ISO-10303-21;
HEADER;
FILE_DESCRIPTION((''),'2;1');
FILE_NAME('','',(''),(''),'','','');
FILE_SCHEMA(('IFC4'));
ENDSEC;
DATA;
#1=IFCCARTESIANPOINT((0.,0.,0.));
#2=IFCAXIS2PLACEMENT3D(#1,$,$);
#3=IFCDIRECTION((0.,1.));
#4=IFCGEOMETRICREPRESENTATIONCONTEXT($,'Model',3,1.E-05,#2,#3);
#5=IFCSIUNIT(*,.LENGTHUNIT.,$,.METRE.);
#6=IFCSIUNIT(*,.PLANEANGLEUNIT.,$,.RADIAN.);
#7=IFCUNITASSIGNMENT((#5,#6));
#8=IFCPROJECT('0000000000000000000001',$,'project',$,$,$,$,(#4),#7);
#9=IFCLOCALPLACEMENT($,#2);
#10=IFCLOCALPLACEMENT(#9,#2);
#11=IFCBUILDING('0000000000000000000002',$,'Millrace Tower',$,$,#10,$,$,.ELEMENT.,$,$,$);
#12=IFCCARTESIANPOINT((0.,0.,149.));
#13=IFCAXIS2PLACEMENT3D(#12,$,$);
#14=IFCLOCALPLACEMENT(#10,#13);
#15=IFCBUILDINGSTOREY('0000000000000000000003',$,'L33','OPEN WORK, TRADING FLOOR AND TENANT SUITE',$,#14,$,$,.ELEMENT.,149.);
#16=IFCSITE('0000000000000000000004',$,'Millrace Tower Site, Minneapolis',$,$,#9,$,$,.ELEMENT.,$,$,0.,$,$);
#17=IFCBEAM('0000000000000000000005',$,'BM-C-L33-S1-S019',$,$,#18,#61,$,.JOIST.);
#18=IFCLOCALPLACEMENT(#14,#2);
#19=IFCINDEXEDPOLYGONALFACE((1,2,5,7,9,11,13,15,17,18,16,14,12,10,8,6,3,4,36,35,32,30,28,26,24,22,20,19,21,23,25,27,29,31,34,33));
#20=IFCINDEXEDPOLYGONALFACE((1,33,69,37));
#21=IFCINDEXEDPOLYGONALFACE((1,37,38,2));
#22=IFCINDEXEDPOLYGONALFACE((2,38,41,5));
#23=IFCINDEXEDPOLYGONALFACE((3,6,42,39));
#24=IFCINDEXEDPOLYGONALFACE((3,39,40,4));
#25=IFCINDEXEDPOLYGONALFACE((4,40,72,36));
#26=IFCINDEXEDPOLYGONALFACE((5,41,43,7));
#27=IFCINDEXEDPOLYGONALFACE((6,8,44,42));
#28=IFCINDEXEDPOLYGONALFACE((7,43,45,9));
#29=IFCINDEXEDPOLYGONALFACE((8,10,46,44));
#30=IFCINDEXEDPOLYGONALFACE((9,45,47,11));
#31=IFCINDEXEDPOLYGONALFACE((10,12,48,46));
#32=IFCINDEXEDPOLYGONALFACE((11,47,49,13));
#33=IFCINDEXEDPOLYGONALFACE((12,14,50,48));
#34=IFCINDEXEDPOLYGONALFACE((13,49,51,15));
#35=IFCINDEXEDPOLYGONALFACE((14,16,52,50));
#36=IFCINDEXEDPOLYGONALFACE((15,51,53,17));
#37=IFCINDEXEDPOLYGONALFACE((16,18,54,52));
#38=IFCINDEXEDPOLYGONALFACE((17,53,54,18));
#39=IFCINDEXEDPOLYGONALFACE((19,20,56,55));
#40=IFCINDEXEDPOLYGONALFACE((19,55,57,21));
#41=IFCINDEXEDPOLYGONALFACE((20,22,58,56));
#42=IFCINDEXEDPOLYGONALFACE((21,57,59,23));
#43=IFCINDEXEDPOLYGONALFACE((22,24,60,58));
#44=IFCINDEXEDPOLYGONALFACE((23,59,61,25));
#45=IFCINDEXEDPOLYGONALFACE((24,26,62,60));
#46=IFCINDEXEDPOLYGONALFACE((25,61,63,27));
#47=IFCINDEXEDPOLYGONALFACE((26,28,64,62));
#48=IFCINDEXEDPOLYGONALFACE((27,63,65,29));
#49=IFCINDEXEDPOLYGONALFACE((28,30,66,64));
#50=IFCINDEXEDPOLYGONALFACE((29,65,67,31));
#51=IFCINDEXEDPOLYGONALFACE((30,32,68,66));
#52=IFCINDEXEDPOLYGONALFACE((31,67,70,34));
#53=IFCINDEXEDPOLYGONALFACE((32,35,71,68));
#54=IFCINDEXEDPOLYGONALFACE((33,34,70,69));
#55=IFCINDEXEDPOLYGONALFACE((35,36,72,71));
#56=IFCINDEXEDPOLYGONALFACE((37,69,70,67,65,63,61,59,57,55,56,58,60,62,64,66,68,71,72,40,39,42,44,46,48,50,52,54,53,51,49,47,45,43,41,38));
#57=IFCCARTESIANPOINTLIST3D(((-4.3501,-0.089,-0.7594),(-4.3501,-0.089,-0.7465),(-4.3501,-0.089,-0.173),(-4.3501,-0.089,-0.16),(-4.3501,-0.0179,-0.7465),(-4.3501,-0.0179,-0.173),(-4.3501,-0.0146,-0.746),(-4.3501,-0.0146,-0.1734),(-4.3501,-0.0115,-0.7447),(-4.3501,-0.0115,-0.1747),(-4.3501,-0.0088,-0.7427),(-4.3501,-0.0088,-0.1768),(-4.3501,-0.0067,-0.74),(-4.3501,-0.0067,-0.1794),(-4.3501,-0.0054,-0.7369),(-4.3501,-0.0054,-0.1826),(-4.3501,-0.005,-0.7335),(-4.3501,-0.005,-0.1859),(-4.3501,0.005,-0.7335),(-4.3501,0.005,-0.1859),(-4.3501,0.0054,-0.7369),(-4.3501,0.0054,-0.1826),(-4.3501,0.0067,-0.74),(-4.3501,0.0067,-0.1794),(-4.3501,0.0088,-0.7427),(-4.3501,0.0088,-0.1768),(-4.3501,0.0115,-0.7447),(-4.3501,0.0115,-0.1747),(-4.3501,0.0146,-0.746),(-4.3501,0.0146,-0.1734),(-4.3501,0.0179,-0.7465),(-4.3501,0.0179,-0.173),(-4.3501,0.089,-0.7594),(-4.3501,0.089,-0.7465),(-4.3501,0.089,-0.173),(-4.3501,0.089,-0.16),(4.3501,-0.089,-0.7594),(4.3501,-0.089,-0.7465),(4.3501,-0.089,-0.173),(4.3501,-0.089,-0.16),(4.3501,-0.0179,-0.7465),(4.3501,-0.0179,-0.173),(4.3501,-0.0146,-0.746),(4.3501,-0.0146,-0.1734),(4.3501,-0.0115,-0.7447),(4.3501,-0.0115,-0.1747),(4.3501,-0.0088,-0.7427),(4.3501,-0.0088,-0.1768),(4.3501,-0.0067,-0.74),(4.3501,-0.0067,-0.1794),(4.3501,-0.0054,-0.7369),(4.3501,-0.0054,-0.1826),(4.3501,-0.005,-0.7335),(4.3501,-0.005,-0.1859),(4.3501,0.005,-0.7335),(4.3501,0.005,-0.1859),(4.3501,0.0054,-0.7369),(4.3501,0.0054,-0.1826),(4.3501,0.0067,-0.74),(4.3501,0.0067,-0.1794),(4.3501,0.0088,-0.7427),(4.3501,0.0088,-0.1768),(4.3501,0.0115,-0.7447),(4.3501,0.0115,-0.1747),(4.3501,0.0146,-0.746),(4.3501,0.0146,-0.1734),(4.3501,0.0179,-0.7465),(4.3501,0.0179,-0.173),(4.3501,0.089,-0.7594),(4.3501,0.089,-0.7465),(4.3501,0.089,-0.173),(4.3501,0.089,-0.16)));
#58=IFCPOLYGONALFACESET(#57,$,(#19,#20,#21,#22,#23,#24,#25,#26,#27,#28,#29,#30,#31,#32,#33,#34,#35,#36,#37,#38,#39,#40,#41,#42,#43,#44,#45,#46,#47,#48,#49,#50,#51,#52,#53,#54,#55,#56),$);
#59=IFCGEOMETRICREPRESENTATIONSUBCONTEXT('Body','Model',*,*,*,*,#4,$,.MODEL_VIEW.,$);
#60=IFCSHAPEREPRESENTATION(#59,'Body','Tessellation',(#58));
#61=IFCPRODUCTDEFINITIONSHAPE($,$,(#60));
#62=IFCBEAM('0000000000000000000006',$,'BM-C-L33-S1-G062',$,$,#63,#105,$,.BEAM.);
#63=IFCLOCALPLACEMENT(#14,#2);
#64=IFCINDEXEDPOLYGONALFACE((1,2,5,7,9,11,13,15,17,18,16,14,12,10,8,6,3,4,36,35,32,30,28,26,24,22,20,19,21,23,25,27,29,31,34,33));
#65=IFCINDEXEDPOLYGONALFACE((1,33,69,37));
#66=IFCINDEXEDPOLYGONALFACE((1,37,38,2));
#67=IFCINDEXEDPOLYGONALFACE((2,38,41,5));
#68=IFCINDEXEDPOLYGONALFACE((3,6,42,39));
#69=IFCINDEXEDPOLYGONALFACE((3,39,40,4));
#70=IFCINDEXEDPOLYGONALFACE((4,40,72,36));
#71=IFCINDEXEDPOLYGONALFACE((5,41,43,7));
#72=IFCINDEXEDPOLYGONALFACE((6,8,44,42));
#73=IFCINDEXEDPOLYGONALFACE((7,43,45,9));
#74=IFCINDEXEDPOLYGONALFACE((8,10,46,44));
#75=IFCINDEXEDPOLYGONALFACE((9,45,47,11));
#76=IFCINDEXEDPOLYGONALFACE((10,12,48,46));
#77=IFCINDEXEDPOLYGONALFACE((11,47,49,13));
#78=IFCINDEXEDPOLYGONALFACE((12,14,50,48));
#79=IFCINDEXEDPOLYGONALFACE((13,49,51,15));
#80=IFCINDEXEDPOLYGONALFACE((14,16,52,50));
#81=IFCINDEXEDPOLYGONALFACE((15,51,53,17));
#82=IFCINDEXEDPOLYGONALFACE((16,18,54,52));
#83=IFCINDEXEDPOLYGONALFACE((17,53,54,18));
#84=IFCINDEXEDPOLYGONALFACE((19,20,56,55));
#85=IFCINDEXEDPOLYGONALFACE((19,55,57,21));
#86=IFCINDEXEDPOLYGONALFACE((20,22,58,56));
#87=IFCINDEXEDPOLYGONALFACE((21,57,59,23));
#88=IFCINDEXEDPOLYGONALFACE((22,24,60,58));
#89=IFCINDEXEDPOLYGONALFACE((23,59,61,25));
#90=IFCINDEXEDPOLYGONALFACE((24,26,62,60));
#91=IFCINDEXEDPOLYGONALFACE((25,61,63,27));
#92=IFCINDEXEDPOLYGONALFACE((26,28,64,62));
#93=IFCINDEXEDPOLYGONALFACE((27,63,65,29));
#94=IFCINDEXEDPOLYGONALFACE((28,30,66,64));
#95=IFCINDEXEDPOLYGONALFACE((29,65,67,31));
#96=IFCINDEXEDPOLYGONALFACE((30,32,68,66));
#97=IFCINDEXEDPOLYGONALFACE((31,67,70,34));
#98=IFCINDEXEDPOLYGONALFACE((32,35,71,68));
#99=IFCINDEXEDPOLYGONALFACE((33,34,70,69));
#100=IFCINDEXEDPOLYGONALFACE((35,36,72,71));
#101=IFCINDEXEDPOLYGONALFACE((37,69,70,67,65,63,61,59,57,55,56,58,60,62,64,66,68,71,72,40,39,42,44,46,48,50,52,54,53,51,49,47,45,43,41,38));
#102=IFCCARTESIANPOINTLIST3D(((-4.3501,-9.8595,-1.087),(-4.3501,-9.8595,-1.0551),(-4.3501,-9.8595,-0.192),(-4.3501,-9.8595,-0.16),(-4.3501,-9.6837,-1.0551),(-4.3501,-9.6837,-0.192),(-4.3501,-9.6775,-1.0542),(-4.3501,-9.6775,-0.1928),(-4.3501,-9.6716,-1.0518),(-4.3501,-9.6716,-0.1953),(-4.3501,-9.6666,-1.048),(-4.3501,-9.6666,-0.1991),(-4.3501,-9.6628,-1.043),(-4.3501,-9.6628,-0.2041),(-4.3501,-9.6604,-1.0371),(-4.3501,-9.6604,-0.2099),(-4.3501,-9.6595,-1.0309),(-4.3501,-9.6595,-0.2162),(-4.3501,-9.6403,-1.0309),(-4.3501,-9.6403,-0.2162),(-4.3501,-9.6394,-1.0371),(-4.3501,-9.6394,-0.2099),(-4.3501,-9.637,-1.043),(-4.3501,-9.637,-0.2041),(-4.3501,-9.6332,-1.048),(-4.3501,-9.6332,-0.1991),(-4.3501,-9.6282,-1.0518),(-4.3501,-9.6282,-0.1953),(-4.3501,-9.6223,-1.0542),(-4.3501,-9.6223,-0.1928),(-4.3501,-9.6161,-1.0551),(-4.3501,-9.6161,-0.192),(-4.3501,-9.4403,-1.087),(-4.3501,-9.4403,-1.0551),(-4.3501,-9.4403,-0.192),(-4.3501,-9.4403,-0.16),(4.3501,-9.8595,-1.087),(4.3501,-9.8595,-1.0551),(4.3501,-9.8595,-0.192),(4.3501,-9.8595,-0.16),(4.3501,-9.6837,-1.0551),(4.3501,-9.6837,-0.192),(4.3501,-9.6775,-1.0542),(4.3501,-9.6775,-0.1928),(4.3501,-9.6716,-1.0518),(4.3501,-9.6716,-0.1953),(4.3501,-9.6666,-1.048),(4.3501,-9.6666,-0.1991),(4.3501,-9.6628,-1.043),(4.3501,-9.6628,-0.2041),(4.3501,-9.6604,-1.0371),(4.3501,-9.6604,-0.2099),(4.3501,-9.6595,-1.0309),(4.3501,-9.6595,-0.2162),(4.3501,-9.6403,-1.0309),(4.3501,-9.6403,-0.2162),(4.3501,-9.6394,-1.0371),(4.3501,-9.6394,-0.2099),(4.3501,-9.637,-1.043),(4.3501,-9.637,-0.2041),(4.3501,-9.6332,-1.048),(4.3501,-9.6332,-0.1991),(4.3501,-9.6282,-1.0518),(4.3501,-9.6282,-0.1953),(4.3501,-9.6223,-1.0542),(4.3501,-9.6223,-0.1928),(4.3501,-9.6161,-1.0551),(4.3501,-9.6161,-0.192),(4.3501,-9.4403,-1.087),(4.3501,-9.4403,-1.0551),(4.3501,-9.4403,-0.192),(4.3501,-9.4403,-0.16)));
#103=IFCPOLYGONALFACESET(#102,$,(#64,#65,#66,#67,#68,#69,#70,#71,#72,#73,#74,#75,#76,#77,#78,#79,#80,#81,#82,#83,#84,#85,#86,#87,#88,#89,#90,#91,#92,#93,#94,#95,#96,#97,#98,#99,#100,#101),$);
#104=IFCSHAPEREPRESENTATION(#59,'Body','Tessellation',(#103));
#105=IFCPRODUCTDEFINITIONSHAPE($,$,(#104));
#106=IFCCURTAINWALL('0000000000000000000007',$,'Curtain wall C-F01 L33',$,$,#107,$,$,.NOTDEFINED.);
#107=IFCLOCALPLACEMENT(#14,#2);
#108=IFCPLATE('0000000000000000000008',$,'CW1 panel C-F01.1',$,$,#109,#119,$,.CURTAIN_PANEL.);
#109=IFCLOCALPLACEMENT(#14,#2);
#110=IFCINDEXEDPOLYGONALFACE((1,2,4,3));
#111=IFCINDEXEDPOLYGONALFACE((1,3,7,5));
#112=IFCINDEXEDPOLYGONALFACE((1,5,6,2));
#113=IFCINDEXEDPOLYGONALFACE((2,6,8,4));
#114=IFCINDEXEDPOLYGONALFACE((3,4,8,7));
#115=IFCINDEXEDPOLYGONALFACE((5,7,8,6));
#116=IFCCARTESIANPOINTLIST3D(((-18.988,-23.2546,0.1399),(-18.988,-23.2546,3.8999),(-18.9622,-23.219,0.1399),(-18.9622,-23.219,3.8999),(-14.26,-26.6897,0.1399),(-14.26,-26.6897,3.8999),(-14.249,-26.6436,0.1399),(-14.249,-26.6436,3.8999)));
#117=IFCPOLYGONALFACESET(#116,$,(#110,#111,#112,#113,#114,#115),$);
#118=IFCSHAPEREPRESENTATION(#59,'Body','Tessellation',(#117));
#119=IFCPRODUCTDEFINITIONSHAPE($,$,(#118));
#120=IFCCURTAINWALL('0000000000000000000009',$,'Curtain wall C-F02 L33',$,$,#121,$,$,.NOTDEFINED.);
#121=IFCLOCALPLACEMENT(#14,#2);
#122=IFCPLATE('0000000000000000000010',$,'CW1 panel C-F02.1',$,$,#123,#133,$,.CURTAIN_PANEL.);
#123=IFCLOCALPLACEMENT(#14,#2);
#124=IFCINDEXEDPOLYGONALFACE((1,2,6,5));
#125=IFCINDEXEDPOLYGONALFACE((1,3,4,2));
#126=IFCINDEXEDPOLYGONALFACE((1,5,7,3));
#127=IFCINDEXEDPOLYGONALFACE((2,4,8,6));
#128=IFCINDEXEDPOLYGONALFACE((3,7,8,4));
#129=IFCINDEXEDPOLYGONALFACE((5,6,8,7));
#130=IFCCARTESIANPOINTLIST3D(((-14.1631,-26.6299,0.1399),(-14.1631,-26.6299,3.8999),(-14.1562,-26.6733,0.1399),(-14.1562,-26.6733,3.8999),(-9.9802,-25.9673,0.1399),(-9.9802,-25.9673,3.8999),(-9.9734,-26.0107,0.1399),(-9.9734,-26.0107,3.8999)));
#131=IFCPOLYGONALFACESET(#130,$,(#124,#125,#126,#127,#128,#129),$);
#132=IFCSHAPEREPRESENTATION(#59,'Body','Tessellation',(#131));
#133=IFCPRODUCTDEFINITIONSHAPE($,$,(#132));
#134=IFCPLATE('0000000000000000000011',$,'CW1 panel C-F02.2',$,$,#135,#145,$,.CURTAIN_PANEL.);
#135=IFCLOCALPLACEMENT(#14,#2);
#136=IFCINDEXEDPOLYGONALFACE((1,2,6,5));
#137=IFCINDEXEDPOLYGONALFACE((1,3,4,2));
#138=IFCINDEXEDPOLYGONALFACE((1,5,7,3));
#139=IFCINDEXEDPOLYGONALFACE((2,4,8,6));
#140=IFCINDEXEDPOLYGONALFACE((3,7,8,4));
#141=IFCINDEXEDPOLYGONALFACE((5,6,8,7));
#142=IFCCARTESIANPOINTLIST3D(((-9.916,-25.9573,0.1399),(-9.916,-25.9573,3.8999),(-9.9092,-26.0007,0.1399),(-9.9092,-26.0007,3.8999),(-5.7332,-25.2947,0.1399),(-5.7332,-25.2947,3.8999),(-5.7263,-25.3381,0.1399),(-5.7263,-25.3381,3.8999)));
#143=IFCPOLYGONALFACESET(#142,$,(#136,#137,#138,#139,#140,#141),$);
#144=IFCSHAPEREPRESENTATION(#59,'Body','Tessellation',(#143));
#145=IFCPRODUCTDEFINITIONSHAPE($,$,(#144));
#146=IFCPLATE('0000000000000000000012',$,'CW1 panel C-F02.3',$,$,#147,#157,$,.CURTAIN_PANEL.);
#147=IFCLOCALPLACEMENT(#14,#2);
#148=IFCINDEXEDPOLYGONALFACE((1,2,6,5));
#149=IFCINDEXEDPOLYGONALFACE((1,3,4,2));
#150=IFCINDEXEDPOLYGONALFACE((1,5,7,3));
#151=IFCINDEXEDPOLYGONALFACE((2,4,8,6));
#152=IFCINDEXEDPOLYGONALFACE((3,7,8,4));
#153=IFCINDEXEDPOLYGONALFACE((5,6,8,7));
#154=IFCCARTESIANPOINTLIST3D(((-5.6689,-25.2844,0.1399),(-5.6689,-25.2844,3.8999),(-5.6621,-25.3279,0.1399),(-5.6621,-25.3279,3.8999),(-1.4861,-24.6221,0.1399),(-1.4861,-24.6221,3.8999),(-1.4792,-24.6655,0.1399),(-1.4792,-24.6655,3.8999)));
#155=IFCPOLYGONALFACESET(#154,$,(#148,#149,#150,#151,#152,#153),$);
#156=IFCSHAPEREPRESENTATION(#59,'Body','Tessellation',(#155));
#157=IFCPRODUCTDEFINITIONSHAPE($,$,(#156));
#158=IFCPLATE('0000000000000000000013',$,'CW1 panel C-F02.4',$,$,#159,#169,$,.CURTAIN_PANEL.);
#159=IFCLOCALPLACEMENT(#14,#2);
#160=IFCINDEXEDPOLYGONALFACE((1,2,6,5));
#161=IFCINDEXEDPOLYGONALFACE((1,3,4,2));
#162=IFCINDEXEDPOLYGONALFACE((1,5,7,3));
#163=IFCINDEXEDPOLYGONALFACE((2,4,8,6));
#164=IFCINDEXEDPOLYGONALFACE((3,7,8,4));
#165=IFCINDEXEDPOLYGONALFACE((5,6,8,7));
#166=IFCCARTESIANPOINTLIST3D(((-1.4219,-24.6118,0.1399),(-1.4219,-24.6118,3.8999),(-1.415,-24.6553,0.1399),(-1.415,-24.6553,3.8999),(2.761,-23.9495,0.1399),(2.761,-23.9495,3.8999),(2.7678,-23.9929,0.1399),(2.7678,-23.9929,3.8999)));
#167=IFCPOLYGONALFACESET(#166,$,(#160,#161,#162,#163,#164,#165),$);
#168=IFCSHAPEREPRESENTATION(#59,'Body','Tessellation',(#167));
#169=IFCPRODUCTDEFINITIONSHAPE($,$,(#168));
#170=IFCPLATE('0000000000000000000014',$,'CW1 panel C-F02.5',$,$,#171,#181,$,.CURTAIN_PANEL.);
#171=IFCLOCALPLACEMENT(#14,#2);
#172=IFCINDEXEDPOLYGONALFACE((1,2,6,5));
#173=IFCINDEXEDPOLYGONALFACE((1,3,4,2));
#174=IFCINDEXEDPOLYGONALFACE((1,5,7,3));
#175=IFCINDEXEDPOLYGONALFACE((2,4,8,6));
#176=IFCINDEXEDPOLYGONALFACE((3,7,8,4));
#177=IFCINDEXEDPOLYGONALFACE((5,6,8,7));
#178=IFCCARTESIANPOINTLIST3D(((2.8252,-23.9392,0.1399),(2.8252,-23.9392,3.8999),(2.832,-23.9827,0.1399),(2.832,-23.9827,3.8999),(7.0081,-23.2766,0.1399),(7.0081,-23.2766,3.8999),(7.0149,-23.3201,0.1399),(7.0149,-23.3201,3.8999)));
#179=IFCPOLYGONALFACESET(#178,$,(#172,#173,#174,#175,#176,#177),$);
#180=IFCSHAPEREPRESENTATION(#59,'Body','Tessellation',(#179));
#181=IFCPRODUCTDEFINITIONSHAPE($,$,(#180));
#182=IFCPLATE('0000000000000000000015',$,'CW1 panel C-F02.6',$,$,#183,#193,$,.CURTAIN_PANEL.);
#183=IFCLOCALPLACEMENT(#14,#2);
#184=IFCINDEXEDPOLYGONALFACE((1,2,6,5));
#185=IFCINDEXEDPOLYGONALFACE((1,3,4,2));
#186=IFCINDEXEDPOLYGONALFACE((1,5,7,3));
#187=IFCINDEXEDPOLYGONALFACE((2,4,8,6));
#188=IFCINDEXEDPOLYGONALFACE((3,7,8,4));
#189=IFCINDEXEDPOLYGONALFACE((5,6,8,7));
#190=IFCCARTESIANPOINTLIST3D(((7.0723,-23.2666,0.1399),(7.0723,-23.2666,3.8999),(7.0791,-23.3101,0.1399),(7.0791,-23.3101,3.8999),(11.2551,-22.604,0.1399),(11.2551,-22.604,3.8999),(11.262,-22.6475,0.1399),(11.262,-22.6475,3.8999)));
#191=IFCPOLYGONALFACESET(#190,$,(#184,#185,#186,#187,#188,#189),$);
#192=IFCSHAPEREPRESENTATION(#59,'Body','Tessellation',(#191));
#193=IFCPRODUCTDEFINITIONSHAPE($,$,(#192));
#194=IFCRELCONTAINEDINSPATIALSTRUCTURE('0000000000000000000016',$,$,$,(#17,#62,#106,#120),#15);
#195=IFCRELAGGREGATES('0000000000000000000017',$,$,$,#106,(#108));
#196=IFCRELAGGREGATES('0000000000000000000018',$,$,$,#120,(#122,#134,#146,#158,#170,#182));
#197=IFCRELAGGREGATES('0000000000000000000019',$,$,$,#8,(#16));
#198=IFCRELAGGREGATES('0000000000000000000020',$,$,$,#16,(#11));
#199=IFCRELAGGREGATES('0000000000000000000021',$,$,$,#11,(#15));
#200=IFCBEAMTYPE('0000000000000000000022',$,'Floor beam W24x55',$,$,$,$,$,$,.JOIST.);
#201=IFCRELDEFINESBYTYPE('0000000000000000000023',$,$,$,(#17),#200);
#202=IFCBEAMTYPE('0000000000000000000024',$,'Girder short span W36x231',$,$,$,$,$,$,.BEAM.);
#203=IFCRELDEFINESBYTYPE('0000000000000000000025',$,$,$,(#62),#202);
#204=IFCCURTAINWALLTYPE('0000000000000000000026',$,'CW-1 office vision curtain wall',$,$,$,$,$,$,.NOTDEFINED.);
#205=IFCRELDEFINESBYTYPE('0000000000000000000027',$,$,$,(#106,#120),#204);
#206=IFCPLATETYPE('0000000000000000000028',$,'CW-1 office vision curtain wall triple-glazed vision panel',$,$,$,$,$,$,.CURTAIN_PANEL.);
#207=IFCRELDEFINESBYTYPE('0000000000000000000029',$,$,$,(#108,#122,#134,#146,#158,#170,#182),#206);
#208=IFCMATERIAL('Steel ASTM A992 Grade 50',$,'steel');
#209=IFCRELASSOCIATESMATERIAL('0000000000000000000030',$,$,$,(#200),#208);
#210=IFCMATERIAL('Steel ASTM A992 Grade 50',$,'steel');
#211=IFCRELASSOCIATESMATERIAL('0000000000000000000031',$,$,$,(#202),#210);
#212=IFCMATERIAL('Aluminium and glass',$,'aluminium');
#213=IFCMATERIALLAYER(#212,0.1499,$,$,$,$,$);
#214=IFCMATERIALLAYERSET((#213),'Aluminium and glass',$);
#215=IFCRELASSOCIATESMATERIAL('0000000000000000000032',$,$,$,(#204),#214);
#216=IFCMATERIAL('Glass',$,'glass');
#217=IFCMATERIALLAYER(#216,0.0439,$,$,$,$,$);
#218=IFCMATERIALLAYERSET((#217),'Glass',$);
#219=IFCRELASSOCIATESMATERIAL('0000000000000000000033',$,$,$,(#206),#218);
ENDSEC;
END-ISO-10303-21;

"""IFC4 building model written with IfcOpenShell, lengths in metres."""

from ifc_helpers import new_model, si_unit, direction, frame, origin, origin_2d, place, context, subcontext, project, spatial, polyline, i_section, outline, extrude, material, layer, layer_set, material_profile, profile_set, type_object, element, aggregate, save


model = new_model("IFC4")

# Units and contexts
model_context = context("Model", 3, precision=1e-05, world=origin(), true_north=direction((0.0, 1.0)))
body_context = subcontext(model_context, "Body", "Model", "MODEL_VIEW")
ifc_project = project(units=[si_unit("LENGTHUNIT", "METRE"), si_unit("PLANEANGLEUNIT", "RADIAN")], contexts=[model_context])

# Site, building, storey
site_placement = place(None, origin())
site = spatial("IfcSite", under=ifc_project, at=site_placement, Name="Millrace Tower Site, Minneapolis", CompositionType="ELEMENT", RefElevation=0.0)
building_placement = place(site_placement, origin())
building = spatial("IfcBuilding", under=site, at=building_placement, Name="Millrace Tower", CompositionType="ELEMENT")
storey_placement = place(building_placement, frame((0.0, 0.0, 149.0)))
storey = spatial("IfcBuildingStorey", under=building, at=storey_placement, Name="L33", Description="OPEN WORK, TRADING FLOOR AND TENANT SUITE", CompositionType="ELEMENT", Elevation=149.0)

# Beams
ifc_material_1 = material(Name="Steel ASTM A992 Grade 50", Category="steel")
ifc_material_profile_1 = material_profile(ifc_material_1, i_section(OverallWidth=0.178, OverallDepth=0.5994, WebThickness=0.01, FlangeThickness=0.0129, FilletRadius=0.0129, at=origin_2d()))
ifc_profile_set_1 = profile_set([ifc_material_profile_1], Name="Steel ASTM A992 Grade 50")
beam_type_1 = type_object("IfcBeamType", Name="Floor beam W24x55", PredefinedType="JOIST", material=ifc_profile_set_1)
for number, where, z_axis, x_axis, name in (
    (1, (-4.3501, 0.0, -0.4597), (1.0, 0.0, 0.0), (0.0, 1.0, 0.0), "BM-C-L33-S1-S019"),
):
    element("IfcBeam", number, at=place(storey_placement, frame(where, z_axis=z_axis, x_axis=x_axis)), inside=storey, type_object=beam_type_1, Name=name, PredefinedType="JOIST", context=body_context, shape_type="SweptSolid", body=[
        extrude(i_section(OverallWidth=0.178, OverallDepth=0.5994, WebThickness=0.01, FlangeThickness=0.0129, FilletRadius=0.0129, at=origin_2d()), origin(), (0.0, 0.0, 1.0), 8.7002),
    ])
ifc_material_2 = material(Name="Steel ASTM A992 Grade 50", Category="steel")
ifc_material_profile_2 = material_profile(ifc_material_2, i_section(OverallWidth=0.4192, OverallDepth=0.927, WebThickness=0.0193, FlangeThickness=0.032, FilletRadius=0.0242, at=origin_2d()))
ifc_profile_set_2 = profile_set([ifc_material_profile_2], Name="Steel ASTM A992 Grade 50")
beam_type_2 = type_object("IfcBeamType", Name="Girder short span W36x231", PredefinedType="BEAM", material=ifc_profile_set_2)
beam_1_placement = place(storey_placement, frame((-4.3501, -9.6499, -0.6235), z_axis=(1.0, 0.0, 0.0), x_axis=(0.0, 1.0, 0.0)))
element("IfcBeam", 2, at=beam_1_placement, inside=storey, type_object=beam_type_2, Name="BM-C-L33-S1-G062", PredefinedType="BEAM", context=body_context, shape_type="SweptSolid", body=[
    extrude(i_section(OverallWidth=0.4192, OverallDepth=0.927, WebThickness=0.0193, FlangeThickness=0.032, FilletRadius=0.0242, at=origin_2d()), origin(), (0.0, 0.0, 1.0), 8.7002),
])

# Curtain wall, plate
ifc_material_3 = material(Name="Aluminium and glass", Category="aluminium")
ifc_layer_1 = layer(ifc_material_3, 0.1499)
ifc_layer_set_1 = layer_set([ifc_layer_1], Name="Aluminium and glass")
curtain_wall_type = type_object("IfcCurtainWallType", Name="CW-1 office vision curtain wall", PredefinedType="NOTDEFINED", material=ifc_layer_set_1)
placement_1 = place(storey_placement, origin())
curtain_wall_1 = element("IfcCurtainWall", 3, at=placement_1, inside=storey, type_object=curtain_wall_type, Name="Curtain wall C-F01 L33", PredefinedType="NOTDEFINED")
ifc_material_4 = material(Name="Glass", Category="glass")
ifc_layer_2 = layer(ifc_material_4, 0.0439)
ifc_layer_set_2 = layer_set([ifc_layer_2], Name="Glass")
plate_type = type_object("IfcPlateType", Name="CW-1 office vision curtain wall triple-glazed vision panel", PredefinedType="CURTAIN_PANEL", material=ifc_layer_set_2)
placement_2 = place(storey_placement, frame((0.0, 0.0, 0.1399)))
plate_1 = element("IfcPlate", 4, at=placement_2, type_object=plate_type, Name="CW1 panel C-F01.1", PredefinedType="CURTAIN_PANEL", context=body_context, shape_type="SweptSolid", body=[
    extrude(outline(polyline([(-18.988, -23.2546), (-14.26, -26.6897), (-14.249, -26.6436), (-18.9622, -23.219), (-18.988, -23.2546)])), origin(), (0.0, 0.0, 1.0), 3.76),
])
aggregate(curtain_wall_1, [plate_1])

# Curtain wall, plates
curtain_wall_2 = element("IfcCurtainWall", 5, at=placement_1, inside=storey, type_object=curtain_wall_type, Name="Curtain wall C-F02 L33", PredefinedType="NOTDEFINED")
plate_2 = element("IfcPlate", 6, at=placement_2, type_object=plate_type, Name="CW1 panel C-F02.1", PredefinedType="CURTAIN_PANEL", context=body_context, shape_type="SweptSolid", body=[
    extrude(outline(polyline([(-14.1562, -26.6733), (-9.9734, -26.0107), (-9.9802, -25.9673), (-14.1631, -26.6299), (-14.1562, -26.6733)])), origin(), (0.0, 0.0, 1.0), 3.76),
])
plate_3 = element("IfcPlate", 7, at=placement_2, type_object=plate_type, Name="CW1 panel C-F02.2", PredefinedType="CURTAIN_PANEL", context=body_context, shape_type="SweptSolid", body=[
    extrude(outline(polyline([(-9.9092, -26.0007), (-5.7263, -25.3381), (-5.7332, -25.2947), (-9.916, -25.9573), (-9.9092, -26.0007)])), origin(), (0.0, 0.0, 1.0), 3.76),
])
plate_4 = element("IfcPlate", 8, at=placement_2, type_object=plate_type, Name="CW1 panel C-F02.3", PredefinedType="CURTAIN_PANEL", context=body_context, shape_type="SweptSolid", body=[
    extrude(outline(polyline([(-5.6621, -25.3279), (-1.4792, -24.6655), (-1.4861, -24.6221), (-5.6689, -25.2844), (-5.6621, -25.3279)])), origin(), (0.0, 0.0, 1.0), 3.76),
])
plate_5 = element("IfcPlate", 9, at=placement_2, type_object=plate_type, Name="CW1 panel C-F02.4", PredefinedType="CURTAIN_PANEL", context=body_context, shape_type="SweptSolid", body=[
    extrude(outline(polyline([(-1.415, -24.6553), (2.7678, -23.9929), (2.761, -23.9495), (-1.4219, -24.6118), (-1.415, -24.6553)])), origin(), (0.0, 0.0, 1.0), 3.76),
])
plate_6 = element("IfcPlate", 10, at=placement_2, type_object=plate_type, Name="CW1 panel C-F02.5", PredefinedType="CURTAIN_PANEL", context=body_context, shape_type="SweptSolid", body=[
    extrude(outline(polyline([(2.832, -23.9827), (7.0149, -23.3201), (7.0081, -23.2766), (2.8252, -23.9392), (2.832, -23.9827)])), origin(), (0.0, 0.0, 1.0), 3.76),
])
plate_7 = element("IfcPlate", 11, at=placement_2, type_object=plate_type, Name="CW1 panel C-F02.6", PredefinedType="CURTAIN_PANEL", context=body_context, shape_type="SweptSolid", body=[
    extrude(outline(polyline([(7.0791, -23.3101), (11.262, -22.6475), (11.2551, -22.604), (7.0723, -23.2666), (7.0791, -23.3101)])), origin(), (0.0, 0.0, 1.0), 3.76),
])
aggregate(curtain_wall_2, [plate_2, plate_3, plate_4, plate_5, plate_6, plate_7])

save(model, "model.ifc")
